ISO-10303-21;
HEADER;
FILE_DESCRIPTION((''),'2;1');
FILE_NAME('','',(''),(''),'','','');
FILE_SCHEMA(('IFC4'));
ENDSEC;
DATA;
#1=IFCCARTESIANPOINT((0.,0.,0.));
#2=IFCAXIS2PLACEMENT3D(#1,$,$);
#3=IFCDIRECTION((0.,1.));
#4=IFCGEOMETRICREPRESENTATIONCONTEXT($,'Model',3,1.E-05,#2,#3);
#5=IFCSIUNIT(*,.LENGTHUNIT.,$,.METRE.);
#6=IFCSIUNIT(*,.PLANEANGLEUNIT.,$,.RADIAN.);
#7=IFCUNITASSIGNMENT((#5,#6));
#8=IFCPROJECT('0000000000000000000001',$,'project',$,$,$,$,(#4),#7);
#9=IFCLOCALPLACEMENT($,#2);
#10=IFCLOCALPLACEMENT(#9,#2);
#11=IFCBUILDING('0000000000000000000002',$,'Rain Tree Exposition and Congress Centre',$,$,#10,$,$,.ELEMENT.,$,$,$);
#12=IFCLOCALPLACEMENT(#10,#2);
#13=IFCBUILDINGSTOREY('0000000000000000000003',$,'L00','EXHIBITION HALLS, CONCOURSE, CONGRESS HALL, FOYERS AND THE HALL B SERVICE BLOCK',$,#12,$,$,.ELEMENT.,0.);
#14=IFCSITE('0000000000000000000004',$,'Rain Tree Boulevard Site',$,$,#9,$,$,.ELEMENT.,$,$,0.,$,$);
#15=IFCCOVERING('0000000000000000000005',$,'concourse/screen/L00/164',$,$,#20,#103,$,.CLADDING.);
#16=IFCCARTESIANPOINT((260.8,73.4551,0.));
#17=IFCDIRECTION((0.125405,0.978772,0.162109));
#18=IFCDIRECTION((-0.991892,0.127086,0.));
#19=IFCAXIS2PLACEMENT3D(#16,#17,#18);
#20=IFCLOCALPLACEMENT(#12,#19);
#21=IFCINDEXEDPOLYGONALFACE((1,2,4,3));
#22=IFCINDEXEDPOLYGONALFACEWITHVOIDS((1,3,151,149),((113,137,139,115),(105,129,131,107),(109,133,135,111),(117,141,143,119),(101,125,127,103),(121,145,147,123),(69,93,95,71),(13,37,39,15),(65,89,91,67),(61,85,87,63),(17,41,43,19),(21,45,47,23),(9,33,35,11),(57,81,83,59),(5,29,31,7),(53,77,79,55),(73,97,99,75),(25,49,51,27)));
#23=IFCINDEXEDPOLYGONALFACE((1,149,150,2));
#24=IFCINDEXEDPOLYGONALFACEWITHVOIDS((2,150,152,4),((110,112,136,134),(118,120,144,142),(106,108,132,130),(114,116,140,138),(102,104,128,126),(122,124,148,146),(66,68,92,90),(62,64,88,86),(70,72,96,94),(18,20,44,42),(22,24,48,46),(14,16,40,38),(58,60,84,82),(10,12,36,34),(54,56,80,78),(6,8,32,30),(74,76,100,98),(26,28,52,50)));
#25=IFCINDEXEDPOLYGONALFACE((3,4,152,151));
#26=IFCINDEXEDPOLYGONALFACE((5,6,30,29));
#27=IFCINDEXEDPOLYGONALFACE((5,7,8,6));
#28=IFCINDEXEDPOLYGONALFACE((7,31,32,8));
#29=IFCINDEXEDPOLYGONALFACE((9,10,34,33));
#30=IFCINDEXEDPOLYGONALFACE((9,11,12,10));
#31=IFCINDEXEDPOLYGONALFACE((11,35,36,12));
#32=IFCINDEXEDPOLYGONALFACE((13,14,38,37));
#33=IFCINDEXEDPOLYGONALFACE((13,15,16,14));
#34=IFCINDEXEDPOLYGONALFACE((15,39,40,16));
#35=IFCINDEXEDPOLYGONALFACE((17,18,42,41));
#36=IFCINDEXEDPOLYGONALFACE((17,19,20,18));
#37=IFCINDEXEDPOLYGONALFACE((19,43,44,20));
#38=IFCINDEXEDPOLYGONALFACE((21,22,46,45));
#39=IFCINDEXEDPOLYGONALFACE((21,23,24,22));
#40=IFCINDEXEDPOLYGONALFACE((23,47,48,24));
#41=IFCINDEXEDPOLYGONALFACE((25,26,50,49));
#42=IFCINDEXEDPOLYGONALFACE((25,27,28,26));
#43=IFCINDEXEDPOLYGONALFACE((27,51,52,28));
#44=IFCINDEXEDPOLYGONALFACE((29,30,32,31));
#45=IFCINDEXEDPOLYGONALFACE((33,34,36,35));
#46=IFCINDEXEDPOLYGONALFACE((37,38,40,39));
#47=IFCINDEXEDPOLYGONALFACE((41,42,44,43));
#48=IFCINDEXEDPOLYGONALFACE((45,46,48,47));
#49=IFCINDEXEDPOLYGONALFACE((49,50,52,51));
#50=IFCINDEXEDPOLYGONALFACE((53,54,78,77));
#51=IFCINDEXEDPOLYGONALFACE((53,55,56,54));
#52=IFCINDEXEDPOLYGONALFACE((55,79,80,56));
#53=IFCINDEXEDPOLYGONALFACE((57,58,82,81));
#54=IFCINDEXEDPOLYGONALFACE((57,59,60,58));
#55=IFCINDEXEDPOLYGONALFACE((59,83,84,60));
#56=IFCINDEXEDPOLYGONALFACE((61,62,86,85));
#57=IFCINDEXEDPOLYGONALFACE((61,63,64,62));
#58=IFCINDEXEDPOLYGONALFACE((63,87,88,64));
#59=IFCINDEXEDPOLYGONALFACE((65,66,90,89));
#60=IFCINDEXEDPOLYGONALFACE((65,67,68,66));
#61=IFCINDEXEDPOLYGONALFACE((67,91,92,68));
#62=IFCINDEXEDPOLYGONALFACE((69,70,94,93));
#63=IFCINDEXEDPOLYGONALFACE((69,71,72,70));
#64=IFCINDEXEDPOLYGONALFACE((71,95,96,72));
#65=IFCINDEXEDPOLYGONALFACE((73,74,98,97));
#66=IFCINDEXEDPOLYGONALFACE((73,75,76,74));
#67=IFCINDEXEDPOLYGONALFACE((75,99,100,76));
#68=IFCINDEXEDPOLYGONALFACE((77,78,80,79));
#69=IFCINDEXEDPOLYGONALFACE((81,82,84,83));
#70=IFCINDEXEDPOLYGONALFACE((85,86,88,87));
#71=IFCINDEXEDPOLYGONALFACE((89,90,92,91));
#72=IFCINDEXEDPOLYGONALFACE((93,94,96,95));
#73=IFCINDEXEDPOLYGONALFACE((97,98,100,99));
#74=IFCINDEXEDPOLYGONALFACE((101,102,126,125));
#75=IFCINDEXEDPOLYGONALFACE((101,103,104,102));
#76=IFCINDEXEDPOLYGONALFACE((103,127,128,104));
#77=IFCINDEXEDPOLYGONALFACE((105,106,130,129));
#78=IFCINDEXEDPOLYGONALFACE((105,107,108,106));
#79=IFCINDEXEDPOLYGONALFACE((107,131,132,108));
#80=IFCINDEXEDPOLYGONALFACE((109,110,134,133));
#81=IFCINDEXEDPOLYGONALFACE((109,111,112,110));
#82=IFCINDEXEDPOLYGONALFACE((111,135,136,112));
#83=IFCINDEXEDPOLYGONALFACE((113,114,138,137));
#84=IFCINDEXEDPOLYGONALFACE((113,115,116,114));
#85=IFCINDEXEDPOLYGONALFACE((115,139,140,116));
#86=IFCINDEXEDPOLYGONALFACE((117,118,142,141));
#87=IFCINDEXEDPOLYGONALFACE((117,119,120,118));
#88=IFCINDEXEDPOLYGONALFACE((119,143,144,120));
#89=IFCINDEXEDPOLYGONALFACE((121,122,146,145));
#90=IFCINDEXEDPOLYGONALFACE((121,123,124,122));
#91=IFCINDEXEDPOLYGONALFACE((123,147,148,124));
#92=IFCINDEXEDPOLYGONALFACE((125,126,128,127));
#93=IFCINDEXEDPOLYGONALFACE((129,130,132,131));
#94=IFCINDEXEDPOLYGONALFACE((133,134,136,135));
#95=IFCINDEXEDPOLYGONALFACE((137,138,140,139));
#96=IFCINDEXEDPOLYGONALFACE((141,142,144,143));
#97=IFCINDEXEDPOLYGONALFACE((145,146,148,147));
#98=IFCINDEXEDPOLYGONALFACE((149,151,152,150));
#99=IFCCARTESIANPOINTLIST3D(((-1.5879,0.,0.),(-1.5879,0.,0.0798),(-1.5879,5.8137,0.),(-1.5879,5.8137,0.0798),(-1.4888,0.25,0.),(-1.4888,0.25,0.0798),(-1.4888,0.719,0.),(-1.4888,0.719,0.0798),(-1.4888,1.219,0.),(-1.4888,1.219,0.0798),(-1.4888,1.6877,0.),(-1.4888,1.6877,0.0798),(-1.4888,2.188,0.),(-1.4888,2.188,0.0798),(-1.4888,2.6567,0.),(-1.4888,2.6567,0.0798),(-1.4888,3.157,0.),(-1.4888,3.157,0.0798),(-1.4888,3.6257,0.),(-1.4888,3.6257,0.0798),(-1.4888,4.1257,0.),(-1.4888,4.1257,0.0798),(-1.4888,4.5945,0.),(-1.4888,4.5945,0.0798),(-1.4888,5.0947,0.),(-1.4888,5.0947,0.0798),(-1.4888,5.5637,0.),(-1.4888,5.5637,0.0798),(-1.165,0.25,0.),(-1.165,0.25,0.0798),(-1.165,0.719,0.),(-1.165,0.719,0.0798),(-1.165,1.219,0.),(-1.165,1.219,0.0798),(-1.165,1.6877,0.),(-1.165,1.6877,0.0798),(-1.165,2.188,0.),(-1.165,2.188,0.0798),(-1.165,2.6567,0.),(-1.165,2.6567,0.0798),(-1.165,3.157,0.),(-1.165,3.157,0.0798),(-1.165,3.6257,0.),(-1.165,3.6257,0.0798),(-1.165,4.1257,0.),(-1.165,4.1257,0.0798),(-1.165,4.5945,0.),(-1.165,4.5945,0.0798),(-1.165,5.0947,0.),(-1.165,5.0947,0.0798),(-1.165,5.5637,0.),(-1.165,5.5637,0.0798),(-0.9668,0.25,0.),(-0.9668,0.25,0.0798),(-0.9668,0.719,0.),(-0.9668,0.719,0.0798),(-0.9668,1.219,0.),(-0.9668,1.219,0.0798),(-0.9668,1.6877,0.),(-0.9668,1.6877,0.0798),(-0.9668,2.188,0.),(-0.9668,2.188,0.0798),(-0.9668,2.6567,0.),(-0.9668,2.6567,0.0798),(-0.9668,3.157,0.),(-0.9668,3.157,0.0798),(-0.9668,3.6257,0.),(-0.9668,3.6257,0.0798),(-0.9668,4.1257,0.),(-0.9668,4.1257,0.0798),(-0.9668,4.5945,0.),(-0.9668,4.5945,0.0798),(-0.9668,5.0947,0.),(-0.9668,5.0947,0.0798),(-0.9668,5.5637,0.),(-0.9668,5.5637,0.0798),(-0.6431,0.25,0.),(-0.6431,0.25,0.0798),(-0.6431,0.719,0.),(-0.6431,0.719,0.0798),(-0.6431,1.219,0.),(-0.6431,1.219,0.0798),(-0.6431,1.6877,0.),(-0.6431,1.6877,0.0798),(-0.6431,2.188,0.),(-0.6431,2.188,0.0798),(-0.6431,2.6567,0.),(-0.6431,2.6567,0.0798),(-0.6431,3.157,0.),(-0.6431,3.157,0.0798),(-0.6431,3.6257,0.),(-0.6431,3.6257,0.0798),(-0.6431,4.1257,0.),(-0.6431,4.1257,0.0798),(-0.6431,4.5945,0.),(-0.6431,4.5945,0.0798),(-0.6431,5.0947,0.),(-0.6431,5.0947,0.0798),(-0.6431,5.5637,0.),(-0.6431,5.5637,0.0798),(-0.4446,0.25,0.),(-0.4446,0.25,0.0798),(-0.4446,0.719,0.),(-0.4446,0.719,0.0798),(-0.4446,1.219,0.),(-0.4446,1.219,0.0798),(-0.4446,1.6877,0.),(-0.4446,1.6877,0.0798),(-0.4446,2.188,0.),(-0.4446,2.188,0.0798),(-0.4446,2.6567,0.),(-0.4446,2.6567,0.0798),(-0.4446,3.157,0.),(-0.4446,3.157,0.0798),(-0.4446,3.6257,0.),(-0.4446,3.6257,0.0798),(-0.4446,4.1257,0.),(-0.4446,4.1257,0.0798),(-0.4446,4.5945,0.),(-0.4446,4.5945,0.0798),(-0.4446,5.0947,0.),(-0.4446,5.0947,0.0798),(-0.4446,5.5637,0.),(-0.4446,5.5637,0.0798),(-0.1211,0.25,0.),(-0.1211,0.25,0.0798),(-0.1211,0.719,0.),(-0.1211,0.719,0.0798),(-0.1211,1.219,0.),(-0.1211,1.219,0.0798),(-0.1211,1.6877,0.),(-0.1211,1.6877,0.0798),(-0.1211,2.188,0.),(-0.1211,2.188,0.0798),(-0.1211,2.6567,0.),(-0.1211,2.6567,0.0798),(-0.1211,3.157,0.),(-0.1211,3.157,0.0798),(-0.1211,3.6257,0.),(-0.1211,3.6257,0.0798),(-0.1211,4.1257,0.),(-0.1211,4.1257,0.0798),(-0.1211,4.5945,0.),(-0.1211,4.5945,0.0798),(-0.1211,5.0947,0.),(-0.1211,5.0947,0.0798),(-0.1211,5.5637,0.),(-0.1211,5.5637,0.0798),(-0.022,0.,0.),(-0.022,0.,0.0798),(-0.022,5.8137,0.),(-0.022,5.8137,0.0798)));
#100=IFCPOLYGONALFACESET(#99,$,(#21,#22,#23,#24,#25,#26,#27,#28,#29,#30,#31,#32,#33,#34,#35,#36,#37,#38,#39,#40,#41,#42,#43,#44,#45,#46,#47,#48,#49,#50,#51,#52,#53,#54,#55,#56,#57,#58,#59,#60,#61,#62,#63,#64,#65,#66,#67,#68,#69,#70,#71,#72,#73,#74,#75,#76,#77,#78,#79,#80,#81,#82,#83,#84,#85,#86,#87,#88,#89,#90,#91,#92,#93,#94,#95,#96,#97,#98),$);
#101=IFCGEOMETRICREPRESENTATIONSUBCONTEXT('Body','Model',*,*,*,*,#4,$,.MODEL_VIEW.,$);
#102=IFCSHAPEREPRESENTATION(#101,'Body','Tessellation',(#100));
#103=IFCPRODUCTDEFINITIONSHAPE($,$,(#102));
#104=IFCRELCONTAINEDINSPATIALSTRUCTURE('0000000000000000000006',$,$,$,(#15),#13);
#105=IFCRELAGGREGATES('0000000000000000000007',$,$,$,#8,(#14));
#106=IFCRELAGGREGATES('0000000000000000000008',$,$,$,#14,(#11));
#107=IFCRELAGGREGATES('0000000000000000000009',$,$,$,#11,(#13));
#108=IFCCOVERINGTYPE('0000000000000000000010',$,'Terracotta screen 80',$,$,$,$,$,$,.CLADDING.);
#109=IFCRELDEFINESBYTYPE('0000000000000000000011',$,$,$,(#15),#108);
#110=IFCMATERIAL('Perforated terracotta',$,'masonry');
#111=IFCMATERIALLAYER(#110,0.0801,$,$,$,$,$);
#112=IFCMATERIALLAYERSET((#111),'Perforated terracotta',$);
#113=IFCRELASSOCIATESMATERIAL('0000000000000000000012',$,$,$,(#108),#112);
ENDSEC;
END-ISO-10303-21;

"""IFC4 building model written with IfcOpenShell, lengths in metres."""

from ifc_helpers import new_model, si_unit, direction, frame, origin, place, context, subcontext, project, spatial, polyline, outline, extrude, material, layer, layer_set, type_object, element, save


model = new_model("IFC4")

# Units and contexts
model_context = context("Model", 3, precision=1e-05, world=origin(), true_north=direction((0.0, 1.0)))
body_context = subcontext(model_context, "Body", "Model", "MODEL_VIEW")
ifc_project = project(units=[si_unit("LENGTHUNIT", "METRE"), si_unit("PLANEANGLEUNIT", "RADIAN")], contexts=[model_context])

# Site, building, storey
site_placement = place(None, origin())
site = spatial("IfcSite", under=ifc_project, at=site_placement, Name="Rain Tree Boulevard Site", CompositionType="ELEMENT", RefElevation=0.0)
building_placement = place(site_placement, origin())
building = spatial("IfcBuilding", under=site, at=building_placement, Name="Rain Tree Exposition and Congress Centre", CompositionType="ELEMENT")
storey_placement = place(building_placement, origin())
storey = spatial("IfcBuildingStorey", under=building, at=storey_placement, Name="L00", Description="EXHIBITION HALLS, CONCOURSE, CONGRESS HALL, FOYERS AND THE HALL B SERVICE BLOCK", CompositionType="ELEMENT", Elevation=0.0)

# Covering
ifc_material_1 = material(Name="Perforated terracotta", Category="masonry")
ifc_layer_1 = layer(ifc_material_1, 0.0801)
ifc_layer_set_1 = layer_set([ifc_layer_1], Name="Perforated terracotta")
covering_type = type_object("IfcCoveringType", Name="Terracotta screen 80", PredefinedType="CLADDING", material=ifc_layer_set_1)
covering_1_placement = place(storey_placement, frame((260.8, 73.4551, 0.0), z_axis=(0.125405, 0.978772, 0.162109), x_axis=(-0.991892, 0.127086, 0.0)))
element("IfcCovering", 1, at=covering_1_placement, inside=storey, type_object=covering_type, Name="concourse/screen/L00/164", PredefinedType="CLADDING", context=body_context, shape_type="SweptSolid", body=[
    extrude(outline(polyline([(-0.022, 0.0), (-1.5879, 0.0), (-1.5879, 5.8137), (-0.022, 5.8137), (-0.022, 0.0)]), holes=[polyline([(-0.1211, 0.25), (-0.1211, 0.719), (-0.4446, 0.719), (-0.4446, 0.25), (-0.1211, 0.25)]), polyline([(-0.1211, 1.219), (-0.1211, 1.6877), (-0.4446, 1.6877), (-0.4446, 1.219), (-0.1211, 1.219)]), polyline([(-0.1211, 2.188), (-0.1211, 2.6567), (-0.4446, 2.6567), (-0.4446, 2.188), (-0.1211, 2.188)]), polyline([(-0.1211, 3.157), (-0.1211, 3.6257), (-0.4446, 3.6257), (-0.4446, 3.157), (-0.1211, 3.157)]), polyline([(-0.1211, 4.1257), (-0.1211, 4.5945), (-0.4446, 4.5945), (-0.4446, 4.1257), (-0.1211, 4.1257)]), polyline([(-0.1211, 5.0947), (-0.1211, 5.5637), (-0.4446, 5.5637), (-0.4446, 5.0947), (-0.1211, 5.0947)]), polyline([(-0.6431, 0.25), (-0.6431, 0.719), (-0.9668, 0.719), (-0.9668, 0.25), (-0.6431, 0.25)]), polyline([(-0.6431, 1.219), (-0.6431, 1.6877), (-0.9668, 1.6877), (-0.9668, 1.219), (-0.6431, 1.219)]), polyline([(-0.6431, 2.188), (-0.6431, 2.6567), (-0.9668, 2.6567), (-0.9668, 2.188), (-0.6431, 2.188)]), polyline([(-0.6431, 3.157), (-0.6431, 3.6257), (-0.9668, 3.6257), (-0.9668, 3.157), (-0.6431, 3.157)]), polyline([(-0.6431, 4.1257), (-0.6431, 4.5945), (-0.9668, 4.5945), (-0.9668, 4.1257), (-0.6431, 4.1257)]), polyline([(-0.6431, 5.0947), (-0.6431, 5.5637), (-0.9668, 5.5637), (-0.9668, 5.0947), (-0.6431, 5.0947)]), polyline([(-1.165, 0.25), (-1.165, 0.719), (-1.4888, 0.719), (-1.4888, 0.25), (-1.165, 0.25)]), polyline([(-1.165, 1.219), (-1.165, 1.6877), (-1.4888, 1.6877), (-1.4888, 1.219), (-1.165, 1.219)]), polyline([(-1.165, 2.188), (-1.165, 2.6567), (-1.4888, 2.6567), (-1.4888, 2.188), (-1.165, 2.188)]), polyline([(-1.165, 3.157), (-1.165, 3.6257), (-1.4888, 3.6257), (-1.4888, 3.157), (-1.165, 3.157)]), polyline([(-1.165, 4.1257), (-1.165, 4.5945), (-1.4888, 4.5945), (-1.4888, 4.1257), (-1.165, 4.1257)]), polyline([(-1.165, 5.0947), (-1.165, 5.5637), (-1.4888, 5.5637), (-1.4888, 5.0947), (-1.165, 5.0947)])]), origin(), (0.0, 0.0, 1.0), 0.0798),
])

save(model, "model.ifc")
